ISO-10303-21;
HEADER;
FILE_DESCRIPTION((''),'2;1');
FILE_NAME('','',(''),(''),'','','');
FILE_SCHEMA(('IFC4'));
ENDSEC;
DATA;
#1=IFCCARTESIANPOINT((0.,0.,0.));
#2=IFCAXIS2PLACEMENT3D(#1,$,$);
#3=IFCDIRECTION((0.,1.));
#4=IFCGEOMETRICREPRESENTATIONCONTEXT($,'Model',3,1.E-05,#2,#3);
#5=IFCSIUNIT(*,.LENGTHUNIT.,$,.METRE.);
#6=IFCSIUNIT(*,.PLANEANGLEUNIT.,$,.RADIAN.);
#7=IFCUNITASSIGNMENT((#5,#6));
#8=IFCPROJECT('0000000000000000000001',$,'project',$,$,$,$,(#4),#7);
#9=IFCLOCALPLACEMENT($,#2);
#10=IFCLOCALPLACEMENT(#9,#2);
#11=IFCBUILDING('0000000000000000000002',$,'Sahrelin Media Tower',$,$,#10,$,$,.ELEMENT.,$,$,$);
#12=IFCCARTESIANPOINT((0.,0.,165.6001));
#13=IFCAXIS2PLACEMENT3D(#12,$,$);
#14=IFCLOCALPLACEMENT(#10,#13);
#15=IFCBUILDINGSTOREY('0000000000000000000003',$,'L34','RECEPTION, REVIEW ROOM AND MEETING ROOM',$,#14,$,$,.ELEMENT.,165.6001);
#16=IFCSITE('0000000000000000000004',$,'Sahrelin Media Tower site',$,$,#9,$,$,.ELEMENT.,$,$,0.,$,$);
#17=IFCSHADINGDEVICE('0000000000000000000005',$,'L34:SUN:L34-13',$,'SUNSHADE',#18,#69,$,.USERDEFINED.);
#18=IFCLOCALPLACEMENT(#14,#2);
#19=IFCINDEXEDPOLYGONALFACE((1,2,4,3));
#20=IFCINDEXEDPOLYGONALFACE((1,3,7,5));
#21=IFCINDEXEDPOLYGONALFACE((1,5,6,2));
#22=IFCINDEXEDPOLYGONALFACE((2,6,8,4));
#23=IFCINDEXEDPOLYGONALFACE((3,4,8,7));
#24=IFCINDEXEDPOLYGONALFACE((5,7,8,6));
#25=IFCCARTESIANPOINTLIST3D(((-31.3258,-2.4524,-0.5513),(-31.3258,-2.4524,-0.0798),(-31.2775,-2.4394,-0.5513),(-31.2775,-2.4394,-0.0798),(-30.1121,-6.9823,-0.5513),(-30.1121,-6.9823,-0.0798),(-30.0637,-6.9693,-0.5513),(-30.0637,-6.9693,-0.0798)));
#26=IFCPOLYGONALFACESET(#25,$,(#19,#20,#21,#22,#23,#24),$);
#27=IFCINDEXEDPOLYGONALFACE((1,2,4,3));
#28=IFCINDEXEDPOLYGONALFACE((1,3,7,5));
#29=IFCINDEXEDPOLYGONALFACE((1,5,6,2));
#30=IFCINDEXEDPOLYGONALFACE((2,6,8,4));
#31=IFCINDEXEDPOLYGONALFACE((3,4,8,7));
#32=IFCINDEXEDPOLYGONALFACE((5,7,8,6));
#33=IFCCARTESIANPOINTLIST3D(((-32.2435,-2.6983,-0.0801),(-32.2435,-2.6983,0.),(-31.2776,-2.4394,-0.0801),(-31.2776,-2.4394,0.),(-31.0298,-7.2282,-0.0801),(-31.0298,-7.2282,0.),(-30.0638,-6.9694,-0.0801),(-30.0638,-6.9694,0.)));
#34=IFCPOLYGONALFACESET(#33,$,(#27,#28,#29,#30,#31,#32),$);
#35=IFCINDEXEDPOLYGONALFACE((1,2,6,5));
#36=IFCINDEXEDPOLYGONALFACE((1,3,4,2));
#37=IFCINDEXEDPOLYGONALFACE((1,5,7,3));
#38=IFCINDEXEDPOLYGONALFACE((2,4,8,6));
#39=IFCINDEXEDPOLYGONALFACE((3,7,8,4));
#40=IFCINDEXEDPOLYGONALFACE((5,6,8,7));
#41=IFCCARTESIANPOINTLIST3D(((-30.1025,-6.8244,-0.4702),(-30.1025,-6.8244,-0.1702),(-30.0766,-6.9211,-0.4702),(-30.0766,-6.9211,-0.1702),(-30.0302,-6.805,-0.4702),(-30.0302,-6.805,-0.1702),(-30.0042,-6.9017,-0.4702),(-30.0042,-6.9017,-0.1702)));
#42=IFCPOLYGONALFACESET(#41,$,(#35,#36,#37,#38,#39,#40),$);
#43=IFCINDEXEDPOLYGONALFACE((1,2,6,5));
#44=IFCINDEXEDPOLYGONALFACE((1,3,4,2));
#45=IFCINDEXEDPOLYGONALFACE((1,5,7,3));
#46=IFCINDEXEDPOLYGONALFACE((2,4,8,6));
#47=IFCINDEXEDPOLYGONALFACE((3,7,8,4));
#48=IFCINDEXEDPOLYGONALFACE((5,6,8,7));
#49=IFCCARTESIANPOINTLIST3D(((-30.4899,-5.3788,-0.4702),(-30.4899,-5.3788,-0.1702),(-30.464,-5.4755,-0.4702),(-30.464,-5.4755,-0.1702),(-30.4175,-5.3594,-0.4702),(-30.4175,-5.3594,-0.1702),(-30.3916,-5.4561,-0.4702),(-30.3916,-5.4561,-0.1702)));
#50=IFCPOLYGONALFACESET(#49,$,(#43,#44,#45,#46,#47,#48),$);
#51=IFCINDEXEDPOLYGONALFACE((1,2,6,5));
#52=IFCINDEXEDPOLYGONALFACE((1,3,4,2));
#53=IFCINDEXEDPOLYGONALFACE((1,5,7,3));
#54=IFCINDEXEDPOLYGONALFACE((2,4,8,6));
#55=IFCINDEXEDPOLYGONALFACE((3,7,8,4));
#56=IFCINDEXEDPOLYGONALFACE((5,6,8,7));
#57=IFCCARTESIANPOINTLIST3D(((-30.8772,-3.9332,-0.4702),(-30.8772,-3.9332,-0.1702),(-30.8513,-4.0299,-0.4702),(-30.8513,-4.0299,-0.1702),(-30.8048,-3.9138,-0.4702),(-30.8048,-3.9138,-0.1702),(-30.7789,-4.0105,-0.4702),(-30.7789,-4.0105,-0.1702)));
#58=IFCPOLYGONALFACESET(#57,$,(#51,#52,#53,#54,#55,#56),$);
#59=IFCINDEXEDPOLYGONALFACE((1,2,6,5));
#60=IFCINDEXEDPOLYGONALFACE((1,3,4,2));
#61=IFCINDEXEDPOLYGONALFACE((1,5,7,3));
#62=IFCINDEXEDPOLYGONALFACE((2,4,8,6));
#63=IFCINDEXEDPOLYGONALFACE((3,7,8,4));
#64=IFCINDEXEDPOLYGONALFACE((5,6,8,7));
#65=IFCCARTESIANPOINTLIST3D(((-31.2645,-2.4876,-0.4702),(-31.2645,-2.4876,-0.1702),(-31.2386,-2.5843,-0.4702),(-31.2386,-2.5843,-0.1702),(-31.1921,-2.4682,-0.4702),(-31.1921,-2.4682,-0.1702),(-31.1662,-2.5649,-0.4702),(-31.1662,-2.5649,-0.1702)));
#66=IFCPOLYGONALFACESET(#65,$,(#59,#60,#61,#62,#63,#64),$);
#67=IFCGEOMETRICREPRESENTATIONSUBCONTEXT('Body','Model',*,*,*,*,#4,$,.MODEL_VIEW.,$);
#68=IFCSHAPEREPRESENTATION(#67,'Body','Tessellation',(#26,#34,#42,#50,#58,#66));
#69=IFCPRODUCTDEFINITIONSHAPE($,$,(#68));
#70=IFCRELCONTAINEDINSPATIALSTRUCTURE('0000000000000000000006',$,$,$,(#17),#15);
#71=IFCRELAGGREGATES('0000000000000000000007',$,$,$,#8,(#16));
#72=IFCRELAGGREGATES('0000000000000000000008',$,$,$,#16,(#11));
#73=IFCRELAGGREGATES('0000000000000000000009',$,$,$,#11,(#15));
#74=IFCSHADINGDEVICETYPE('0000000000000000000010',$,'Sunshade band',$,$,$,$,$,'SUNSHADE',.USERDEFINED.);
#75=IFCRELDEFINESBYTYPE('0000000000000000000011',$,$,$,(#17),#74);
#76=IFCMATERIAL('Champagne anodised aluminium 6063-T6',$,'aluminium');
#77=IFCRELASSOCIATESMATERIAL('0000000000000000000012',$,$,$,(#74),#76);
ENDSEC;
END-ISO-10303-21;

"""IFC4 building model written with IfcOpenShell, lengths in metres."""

from ifc_helpers import new_model, si_unit, direction, frame, origin, origin_2d, place, context, subcontext, project, spatial, rectangle, extrude, material, type_object, element, save


model = new_model("IFC4")

# Units and contexts
model_context = context("Model", 3, precision=1e-05, world=origin(), true_north=direction((0.0, 1.0)))
body_context = subcontext(model_context, "Body", "Model", "MODEL_VIEW")
ifc_project = project(units=[si_unit("LENGTHUNIT", "METRE"), si_unit("PLANEANGLEUNIT", "RADIAN")], contexts=[model_context])

# Site, building, storey
site_placement = place(None, origin())
site = spatial("IfcSite", under=ifc_project, at=site_placement, Name="Sahrelin Media Tower site", CompositionType="ELEMENT", RefElevation=0.0)
building_placement = place(site_placement, origin())
building = spatial("IfcBuilding", under=site, at=building_placement, Name="Sahrelin Media Tower", CompositionType="ELEMENT")
storey_placement = place(building_placement, frame((0.0, 0.0, 165.6001)))
storey = spatial("IfcBuildingStorey", under=building, at=storey_placement, Name="L34", Description="RECEPTION, REVIEW ROOM AND MEETING ROOM", CompositionType="ELEMENT", Elevation=165.6001)

# Shared definitions
ifc_material_1 = material(Name="Champagne anodised aluminium 6063-T6", Category="aluminium")

# Shading device
placement_1 = place(storey_placement, frame((-30.6514, -4.6992, 0.0), z_axis=(0.0, 0.0, 1.0), x_axis=(-0.258808, 0.965929, 0.0)))
shading_device_type_1 = type_object("IfcShadingDeviceType", Name="Sunshade band", ElementType="SUNSHADE", PredefinedType="USERDEFINED", material=ifc_material_1)
element("IfcShadingDevice", 1, at=placement_1, inside=storey, type_object=shading_device_type_1, Name="L34:SUN:L34-13", ObjectType="SUNSHADE", PredefinedType="USERDEFINED", context=body_context, shape_type="SweptSolid", body=[
    extrude(rectangle(XDim=4.6897, YDim=0.05, at=origin_2d()), frame((0.0, 0.0449, -0.5513)), (0.0, 0.0, 1.0), 0.4714),
    extrude(rectangle(XDim=4.6897, YDim=1.0, at=origin_2d()), frame((0.0, 0.52, -0.0801)), (0.0, 0.0, 1.0), 0.0801),
    extrude(rectangle(XDim=0.1001, YDim=0.075, at=origin_2d()), frame((-2.2449, -0.0176, -0.4702)), (0.0, 0.0, 1.0), 0.3),
    extrude(rectangle(XDim=0.1001, YDim=0.075, at=origin_2d()), frame((-0.7483, -0.0176, -0.4702)), (0.0, 0.0, 1.0), 0.3),
    extrude(rectangle(XDim=0.1001, YDim=0.075, at=origin_2d()), frame((0.7483, -0.0176, -0.4702)), (0.0, 0.0, 1.0), 0.3),
    extrude(rectangle(XDim=0.1001, YDim=0.075, at=origin_2d()), frame((2.2449, -0.0176, -0.4702)), (0.0, 0.0, 1.0), 0.3),
])

save(model, "model.ifc")
